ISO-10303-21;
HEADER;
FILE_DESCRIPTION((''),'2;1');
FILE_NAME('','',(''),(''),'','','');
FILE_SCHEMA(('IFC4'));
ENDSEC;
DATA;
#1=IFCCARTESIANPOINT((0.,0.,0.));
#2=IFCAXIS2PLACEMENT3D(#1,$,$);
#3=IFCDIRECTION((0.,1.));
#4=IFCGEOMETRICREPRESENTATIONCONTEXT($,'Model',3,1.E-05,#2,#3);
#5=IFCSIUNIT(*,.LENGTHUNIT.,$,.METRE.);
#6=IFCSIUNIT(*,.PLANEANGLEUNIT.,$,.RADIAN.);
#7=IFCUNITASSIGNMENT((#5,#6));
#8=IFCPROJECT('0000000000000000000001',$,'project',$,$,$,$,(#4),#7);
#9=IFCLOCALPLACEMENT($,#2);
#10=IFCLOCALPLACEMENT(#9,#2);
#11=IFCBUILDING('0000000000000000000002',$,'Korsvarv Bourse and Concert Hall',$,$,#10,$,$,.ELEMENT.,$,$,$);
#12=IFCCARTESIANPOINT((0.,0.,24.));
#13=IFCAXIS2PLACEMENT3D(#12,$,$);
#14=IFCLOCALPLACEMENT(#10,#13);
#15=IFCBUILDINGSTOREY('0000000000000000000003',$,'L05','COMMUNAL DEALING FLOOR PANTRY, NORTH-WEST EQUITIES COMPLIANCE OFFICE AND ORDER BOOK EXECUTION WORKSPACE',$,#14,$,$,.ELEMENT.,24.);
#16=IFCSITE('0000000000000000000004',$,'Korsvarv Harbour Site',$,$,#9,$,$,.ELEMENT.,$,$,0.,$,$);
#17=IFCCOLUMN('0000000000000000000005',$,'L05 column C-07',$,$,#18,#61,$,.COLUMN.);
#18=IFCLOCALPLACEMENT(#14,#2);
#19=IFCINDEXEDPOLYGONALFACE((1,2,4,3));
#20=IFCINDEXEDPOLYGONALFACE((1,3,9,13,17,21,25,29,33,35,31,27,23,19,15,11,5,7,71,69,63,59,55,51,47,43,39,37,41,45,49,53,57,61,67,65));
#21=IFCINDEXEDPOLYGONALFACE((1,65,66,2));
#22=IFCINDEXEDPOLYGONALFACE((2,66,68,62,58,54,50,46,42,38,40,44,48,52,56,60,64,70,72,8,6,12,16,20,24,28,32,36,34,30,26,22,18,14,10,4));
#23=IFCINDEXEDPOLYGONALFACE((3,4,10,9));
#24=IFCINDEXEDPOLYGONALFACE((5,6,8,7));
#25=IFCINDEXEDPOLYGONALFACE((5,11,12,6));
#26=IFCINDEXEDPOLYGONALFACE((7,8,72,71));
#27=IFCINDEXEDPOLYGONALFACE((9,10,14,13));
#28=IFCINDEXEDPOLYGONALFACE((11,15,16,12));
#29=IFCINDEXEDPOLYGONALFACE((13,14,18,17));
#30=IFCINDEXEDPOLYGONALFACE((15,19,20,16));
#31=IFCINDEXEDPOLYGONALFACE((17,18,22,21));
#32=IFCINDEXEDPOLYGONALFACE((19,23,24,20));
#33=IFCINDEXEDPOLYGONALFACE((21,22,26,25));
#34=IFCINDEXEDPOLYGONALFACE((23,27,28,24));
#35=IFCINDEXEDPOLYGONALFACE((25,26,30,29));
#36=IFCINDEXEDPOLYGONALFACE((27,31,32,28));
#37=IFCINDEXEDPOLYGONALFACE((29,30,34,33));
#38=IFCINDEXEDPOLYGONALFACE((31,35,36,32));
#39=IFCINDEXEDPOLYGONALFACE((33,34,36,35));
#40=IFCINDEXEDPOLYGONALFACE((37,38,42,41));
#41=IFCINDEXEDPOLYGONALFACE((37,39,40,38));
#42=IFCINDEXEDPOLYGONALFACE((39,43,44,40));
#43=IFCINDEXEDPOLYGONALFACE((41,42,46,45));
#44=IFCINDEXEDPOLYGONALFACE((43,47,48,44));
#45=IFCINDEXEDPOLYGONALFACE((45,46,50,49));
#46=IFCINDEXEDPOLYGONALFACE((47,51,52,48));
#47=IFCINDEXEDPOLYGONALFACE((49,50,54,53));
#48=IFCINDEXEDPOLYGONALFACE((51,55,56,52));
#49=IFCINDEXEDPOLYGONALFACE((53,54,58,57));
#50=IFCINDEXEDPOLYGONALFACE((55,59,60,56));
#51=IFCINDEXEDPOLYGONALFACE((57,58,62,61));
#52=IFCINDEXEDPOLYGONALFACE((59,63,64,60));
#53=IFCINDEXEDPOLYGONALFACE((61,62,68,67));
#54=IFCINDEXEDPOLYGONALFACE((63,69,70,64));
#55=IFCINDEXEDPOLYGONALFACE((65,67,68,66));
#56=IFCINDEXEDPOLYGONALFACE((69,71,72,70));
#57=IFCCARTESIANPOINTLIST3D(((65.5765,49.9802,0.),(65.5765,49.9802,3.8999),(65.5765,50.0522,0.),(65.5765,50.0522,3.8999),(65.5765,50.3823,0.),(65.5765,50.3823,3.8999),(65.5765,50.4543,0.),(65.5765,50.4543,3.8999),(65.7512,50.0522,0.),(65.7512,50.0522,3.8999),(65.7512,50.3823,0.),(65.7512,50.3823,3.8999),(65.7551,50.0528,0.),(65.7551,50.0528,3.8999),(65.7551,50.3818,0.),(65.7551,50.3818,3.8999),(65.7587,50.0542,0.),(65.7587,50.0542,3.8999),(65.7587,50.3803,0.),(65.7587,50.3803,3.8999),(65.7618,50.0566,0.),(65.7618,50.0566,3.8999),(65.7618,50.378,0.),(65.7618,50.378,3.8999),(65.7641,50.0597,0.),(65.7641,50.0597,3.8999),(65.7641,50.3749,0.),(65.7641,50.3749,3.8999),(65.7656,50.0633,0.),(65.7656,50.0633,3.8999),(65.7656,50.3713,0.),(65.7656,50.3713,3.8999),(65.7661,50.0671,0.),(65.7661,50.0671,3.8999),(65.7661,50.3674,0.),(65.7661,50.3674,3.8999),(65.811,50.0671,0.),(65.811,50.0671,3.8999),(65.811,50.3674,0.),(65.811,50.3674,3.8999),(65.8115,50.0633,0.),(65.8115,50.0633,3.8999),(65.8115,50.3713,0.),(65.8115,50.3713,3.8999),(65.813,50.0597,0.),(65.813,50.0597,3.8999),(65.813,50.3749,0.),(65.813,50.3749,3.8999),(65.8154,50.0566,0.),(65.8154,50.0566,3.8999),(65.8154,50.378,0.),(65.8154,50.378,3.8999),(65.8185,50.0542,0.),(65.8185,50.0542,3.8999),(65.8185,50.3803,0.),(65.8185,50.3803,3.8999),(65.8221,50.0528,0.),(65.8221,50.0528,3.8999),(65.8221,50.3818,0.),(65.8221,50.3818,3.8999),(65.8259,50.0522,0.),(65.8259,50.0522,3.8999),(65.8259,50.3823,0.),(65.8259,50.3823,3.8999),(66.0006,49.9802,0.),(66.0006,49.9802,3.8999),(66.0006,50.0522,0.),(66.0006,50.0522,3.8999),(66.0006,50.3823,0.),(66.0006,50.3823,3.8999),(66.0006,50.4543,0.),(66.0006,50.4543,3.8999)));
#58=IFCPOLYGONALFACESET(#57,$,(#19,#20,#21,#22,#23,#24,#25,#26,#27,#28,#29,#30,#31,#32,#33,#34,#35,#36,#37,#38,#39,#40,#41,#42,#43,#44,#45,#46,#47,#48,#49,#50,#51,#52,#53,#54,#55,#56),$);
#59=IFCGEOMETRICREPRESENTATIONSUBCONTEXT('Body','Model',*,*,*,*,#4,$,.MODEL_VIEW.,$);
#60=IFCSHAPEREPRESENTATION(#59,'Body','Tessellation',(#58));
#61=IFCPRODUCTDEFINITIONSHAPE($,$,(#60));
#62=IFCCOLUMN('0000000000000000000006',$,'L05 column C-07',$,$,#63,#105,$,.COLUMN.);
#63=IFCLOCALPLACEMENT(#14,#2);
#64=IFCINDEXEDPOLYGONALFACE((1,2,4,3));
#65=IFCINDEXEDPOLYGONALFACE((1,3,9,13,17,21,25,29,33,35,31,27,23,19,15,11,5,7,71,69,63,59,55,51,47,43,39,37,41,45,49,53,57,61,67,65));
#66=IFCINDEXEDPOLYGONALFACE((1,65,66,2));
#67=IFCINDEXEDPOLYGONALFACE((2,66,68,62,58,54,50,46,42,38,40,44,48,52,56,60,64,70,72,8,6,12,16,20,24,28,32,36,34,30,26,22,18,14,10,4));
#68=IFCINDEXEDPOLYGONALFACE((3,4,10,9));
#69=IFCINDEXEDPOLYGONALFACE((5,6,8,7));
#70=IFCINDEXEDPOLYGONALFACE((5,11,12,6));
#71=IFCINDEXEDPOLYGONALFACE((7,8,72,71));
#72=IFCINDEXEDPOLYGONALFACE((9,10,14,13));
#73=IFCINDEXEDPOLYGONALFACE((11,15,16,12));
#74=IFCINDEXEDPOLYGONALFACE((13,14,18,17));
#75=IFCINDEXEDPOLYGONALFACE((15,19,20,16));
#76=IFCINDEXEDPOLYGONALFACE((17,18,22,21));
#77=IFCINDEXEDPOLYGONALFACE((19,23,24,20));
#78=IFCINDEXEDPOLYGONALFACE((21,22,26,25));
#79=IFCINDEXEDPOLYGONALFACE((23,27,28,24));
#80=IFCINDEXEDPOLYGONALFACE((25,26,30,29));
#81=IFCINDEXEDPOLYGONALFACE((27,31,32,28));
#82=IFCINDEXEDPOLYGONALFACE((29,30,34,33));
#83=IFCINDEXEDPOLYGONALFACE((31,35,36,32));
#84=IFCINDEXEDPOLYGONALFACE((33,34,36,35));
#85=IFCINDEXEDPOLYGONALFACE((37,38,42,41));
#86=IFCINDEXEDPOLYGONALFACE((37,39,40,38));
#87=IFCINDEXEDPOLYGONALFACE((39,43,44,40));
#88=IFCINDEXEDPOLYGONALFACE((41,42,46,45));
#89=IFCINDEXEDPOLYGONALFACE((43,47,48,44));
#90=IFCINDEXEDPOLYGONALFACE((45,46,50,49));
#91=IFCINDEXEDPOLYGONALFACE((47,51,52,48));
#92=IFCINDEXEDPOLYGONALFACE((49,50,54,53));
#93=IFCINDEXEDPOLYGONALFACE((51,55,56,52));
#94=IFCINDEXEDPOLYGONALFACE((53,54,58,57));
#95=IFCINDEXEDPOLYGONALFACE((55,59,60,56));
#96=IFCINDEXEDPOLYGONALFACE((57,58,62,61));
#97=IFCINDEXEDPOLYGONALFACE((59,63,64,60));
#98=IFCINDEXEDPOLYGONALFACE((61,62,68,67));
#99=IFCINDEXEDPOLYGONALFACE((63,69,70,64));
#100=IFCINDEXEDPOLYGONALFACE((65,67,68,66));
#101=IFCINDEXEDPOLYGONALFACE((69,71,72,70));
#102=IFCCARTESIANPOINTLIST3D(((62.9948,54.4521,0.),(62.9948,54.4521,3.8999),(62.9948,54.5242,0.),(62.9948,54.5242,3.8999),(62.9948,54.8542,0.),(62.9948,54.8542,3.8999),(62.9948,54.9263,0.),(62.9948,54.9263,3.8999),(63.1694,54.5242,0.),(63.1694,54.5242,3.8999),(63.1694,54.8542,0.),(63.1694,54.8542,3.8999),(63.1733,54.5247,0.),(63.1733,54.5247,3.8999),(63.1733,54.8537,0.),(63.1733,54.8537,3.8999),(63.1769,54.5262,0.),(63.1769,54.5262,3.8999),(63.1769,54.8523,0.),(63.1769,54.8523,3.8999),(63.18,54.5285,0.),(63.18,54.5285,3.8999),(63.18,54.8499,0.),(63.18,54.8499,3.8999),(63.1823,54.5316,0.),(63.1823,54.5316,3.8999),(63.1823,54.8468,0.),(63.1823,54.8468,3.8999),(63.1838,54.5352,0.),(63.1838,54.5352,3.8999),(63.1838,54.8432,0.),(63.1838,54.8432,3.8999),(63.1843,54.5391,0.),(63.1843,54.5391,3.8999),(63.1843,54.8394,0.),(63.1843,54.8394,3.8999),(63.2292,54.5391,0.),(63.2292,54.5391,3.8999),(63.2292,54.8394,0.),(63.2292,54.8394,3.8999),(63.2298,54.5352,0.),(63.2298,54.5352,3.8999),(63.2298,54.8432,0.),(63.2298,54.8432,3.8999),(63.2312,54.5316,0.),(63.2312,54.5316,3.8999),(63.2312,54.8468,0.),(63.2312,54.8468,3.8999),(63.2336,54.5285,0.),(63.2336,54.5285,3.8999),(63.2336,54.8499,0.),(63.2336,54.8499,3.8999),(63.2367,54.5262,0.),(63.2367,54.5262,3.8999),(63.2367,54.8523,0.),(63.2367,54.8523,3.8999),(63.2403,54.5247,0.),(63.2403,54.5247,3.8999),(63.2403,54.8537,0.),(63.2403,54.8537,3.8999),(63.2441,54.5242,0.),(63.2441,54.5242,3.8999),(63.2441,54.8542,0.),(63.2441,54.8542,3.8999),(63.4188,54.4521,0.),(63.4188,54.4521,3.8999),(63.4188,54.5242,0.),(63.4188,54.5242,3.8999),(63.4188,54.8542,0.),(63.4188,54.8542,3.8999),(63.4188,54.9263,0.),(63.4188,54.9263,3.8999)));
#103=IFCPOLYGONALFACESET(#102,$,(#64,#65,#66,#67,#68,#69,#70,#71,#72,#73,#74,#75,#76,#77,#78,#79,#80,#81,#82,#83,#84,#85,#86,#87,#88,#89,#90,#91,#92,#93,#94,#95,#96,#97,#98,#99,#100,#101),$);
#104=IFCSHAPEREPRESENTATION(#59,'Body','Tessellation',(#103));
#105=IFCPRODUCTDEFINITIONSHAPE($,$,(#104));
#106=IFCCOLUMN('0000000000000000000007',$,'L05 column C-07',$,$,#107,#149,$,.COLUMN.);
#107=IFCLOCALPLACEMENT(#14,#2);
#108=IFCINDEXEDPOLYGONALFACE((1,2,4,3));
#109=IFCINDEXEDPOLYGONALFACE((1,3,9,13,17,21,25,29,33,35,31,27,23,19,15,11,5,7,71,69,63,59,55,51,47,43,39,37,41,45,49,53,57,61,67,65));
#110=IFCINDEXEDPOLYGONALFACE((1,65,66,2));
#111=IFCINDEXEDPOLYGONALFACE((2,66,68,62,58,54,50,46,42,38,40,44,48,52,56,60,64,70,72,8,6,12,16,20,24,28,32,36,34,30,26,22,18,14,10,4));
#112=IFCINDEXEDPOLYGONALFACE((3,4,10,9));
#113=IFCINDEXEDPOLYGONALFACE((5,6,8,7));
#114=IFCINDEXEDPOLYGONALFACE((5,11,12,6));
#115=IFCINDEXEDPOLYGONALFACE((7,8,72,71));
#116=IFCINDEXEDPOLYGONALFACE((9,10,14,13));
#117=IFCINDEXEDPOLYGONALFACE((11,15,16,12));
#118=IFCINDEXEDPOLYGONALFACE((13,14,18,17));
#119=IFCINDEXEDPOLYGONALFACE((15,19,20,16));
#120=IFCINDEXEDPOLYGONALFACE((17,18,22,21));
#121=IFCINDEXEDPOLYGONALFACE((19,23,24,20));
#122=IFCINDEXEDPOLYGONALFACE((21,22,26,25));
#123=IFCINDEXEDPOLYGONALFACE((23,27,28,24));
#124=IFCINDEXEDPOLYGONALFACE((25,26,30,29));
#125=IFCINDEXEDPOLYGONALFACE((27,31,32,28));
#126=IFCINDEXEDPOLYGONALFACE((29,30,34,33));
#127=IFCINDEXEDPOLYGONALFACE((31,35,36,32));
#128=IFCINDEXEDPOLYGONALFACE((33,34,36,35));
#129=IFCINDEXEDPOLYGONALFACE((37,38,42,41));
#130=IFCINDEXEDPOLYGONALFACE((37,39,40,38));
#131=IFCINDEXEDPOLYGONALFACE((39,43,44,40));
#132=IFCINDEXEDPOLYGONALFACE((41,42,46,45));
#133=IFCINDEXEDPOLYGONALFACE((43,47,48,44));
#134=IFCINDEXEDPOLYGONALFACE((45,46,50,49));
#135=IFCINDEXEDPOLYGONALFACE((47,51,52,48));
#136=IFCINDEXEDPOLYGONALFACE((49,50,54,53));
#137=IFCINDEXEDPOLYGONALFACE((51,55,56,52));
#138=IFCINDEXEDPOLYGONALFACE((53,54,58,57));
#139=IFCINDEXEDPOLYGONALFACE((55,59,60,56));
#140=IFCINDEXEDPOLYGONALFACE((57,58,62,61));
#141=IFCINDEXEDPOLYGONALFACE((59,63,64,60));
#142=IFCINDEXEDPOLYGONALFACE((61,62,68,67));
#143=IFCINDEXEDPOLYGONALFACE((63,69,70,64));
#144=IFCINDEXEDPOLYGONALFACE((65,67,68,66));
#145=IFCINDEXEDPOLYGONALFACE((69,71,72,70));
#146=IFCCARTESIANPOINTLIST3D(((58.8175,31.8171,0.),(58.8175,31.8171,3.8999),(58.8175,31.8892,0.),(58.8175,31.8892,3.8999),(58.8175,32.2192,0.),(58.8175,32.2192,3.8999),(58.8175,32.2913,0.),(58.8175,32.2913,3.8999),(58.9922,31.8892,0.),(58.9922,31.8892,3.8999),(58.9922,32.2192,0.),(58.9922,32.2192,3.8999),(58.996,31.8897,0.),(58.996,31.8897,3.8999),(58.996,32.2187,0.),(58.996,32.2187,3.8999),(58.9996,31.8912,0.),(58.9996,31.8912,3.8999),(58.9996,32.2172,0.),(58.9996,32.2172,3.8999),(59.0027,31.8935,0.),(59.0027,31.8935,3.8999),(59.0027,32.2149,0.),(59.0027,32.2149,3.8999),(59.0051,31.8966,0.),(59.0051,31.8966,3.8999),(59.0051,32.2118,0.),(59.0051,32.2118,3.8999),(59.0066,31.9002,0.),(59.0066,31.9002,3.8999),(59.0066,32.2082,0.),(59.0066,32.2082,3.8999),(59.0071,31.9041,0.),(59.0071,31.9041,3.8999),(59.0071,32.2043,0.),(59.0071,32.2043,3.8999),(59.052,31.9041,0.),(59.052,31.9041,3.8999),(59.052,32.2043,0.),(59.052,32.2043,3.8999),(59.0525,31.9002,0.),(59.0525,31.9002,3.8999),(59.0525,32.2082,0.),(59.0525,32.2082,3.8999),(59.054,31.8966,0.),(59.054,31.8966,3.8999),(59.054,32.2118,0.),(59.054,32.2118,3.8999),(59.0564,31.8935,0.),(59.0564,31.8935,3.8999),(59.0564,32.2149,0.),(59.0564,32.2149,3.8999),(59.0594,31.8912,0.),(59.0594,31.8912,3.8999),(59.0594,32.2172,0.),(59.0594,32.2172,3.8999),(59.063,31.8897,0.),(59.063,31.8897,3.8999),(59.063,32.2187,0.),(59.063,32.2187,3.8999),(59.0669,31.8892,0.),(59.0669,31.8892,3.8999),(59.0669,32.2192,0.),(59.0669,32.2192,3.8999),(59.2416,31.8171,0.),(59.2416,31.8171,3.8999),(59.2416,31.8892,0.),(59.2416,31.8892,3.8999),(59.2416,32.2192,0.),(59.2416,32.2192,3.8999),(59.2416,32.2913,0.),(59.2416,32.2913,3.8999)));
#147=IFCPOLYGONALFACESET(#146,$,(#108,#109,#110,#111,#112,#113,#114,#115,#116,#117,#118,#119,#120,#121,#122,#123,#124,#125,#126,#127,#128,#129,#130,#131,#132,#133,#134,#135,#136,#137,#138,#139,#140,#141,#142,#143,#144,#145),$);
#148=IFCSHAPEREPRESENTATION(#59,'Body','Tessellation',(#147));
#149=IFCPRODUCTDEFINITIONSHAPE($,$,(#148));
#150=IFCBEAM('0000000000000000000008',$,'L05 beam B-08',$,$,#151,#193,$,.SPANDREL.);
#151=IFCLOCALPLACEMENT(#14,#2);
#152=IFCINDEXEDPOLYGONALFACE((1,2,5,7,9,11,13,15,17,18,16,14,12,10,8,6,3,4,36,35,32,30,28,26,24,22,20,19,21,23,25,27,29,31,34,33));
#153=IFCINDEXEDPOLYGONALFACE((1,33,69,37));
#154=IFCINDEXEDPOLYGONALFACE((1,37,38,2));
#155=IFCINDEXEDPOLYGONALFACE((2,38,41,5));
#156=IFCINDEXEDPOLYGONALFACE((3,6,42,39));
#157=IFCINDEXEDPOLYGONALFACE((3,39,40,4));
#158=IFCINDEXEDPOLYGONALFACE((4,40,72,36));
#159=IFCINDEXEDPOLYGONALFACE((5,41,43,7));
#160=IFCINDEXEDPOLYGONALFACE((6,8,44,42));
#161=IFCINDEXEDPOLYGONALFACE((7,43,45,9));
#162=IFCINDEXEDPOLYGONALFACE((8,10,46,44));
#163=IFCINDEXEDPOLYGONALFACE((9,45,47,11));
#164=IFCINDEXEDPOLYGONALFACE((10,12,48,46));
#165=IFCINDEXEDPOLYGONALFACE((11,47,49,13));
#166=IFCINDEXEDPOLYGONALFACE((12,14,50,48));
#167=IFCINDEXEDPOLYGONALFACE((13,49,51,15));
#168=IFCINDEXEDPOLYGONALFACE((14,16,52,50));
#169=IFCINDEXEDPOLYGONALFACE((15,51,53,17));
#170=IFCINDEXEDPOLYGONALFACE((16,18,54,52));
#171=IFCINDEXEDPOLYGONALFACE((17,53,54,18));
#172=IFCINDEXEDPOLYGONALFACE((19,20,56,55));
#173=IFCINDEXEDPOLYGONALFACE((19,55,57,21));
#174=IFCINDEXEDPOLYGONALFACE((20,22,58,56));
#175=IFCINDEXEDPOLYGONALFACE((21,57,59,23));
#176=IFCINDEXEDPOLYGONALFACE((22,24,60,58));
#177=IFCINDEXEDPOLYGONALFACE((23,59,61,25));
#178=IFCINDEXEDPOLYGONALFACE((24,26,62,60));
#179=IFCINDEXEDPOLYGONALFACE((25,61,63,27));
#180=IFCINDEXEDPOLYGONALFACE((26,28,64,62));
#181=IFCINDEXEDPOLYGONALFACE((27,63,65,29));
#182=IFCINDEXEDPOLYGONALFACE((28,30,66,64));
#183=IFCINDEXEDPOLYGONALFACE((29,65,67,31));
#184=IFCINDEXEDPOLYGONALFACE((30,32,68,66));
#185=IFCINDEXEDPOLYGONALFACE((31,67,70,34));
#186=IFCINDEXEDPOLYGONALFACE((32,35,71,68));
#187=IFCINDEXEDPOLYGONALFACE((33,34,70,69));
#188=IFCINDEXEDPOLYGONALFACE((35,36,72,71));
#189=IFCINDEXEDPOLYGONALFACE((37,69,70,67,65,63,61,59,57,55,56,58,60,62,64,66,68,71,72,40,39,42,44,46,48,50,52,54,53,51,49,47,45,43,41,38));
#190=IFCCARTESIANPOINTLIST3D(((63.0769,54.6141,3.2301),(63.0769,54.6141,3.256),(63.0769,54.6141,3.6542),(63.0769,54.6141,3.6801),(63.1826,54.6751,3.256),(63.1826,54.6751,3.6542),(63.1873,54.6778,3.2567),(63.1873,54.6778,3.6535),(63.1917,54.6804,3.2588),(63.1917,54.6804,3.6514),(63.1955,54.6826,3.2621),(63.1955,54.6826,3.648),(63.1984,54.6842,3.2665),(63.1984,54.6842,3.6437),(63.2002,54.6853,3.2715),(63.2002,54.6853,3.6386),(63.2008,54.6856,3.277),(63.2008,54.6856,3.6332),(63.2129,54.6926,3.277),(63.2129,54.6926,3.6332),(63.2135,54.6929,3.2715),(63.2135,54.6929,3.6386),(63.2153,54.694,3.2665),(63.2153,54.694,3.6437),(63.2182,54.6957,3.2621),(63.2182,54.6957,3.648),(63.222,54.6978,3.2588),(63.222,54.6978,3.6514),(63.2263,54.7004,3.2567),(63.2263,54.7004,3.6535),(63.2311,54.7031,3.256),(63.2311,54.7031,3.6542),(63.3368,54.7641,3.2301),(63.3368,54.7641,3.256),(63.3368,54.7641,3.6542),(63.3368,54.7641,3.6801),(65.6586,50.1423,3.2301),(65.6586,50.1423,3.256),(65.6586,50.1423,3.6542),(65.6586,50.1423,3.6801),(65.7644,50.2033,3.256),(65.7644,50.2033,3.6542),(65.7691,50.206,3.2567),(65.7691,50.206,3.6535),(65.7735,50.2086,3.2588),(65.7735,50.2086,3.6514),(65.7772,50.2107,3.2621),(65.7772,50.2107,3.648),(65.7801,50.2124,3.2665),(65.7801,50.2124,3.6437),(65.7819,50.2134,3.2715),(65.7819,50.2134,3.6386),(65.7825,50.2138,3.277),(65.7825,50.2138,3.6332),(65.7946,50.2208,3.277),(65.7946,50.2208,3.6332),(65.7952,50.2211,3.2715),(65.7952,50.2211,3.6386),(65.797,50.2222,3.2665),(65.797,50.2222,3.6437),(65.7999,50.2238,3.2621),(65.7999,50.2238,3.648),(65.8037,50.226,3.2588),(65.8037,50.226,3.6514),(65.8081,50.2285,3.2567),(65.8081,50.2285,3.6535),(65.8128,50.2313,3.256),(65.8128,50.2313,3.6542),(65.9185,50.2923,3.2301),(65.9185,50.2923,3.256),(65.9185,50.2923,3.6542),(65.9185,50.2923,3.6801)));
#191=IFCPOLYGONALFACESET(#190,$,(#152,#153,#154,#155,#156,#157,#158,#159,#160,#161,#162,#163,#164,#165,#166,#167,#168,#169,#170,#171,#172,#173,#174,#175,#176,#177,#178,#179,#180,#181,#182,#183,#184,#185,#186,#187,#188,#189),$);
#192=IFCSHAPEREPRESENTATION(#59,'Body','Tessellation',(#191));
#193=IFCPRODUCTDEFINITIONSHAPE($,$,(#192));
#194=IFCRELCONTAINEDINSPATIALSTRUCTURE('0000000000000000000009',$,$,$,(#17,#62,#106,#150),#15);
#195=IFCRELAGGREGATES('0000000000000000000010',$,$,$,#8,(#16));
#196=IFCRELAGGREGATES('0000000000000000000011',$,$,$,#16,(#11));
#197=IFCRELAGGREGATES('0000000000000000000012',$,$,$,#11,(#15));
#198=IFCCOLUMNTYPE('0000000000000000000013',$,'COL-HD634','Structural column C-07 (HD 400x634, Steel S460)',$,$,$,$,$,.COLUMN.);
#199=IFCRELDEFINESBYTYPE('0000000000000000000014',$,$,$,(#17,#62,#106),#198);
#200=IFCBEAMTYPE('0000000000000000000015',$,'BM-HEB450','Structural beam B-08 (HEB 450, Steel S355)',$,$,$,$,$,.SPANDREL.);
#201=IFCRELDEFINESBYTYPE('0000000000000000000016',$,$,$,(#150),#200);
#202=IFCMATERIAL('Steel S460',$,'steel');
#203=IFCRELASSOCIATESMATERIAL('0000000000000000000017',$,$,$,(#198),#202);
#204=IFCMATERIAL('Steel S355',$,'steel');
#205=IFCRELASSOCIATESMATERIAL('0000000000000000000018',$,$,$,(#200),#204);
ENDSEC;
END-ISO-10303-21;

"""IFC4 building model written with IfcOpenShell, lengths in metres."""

from ifc_helpers import new_model, si_unit, direction, frame, origin, origin_2d, place, context, subcontext, project, spatial, i_section, extrude, source, transform, mapped, material, material_profile, profile_set, type_object, element, save


model = new_model("IFC4")

# Units and contexts
model_context = context("Model", 3, precision=1e-05, world=origin(), true_north=direction((0.0, 1.0)))
body_context = subcontext(model_context, "Body", "Model", "MODEL_VIEW")
ifc_project = project(units=[si_unit("LENGTHUNIT", "METRE"), si_unit("PLANEANGLEUNIT", "RADIAN")], contexts=[model_context])

# Site, building, storey
site_placement = place(None, origin())
site = spatial("IfcSite", under=ifc_project, at=site_placement, Name="Korsvarv Harbour Site", CompositionType="ELEMENT", RefElevation=0.0)
building_placement = place(site_placement, origin())
building = spatial("IfcBuilding", under=site, at=building_placement, Name="Korsvarv Bourse and Concert Hall", CompositionType="ELEMENT")
storey_placement = place(building_placement, frame((0.0, 0.0, 24.0)))
storey = spatial("IfcBuildingStorey", under=building, at=storey_placement, Name="L05", Description="COMMUNAL DEALING FLOOR PANTRY, NORTH-WEST EQUITIES COMPLIANCE OFFICE AND ORDER BOOK EXECUTION WORKSPACE", CompositionType="ELEMENT", Elevation=24.0)

# Columns
ifc_material_1 = material(Name="Steel S460", Category="steel")
ifc_material_profile_1 = material_profile(ifc_material_1, i_section(OverallWidth=0.4241, OverallDepth=0.4741, WebThickness=0.0449, FlangeThickness=0.072, FilletRadius=0.0149, at=origin_2d()), Name="HD 400x634")
ifc_profile_set_1 = profile_set([ifc_material_profile_1], Name="Steel S460")
column_type = type_object("IfcColumnType", Name="COL-HD634", Description="Structural column C-07 (HD 400x634, Steel S460)", PredefinedType="COLUMN", material=ifc_profile_set_1)
shared_shape_1 = source(origin(), body_context, "Body", "SweptSolid", [
    extrude(i_section(OverallWidth=0.4241, OverallDepth=0.4741, WebThickness=0.0449, FlangeThickness=0.072, FilletRadius=0.0149, at=origin_2d()), origin(), (0.0, 0.0, 1.0), 3.8999),
])
for number, where, z_axis, x_axis, name in (
    (1, (65.7886, 50.2173, 0.0), (0.0, 0.0, 1.0), (1.0, 0.0, 0.0), "L05 column C-07"),
    (2, (63.2068, 54.6892, 0.0), (0.0, 0.0, 1.0), (1.0, 0.0, 0.0), "L05 column C-07"),
    (3, (59.0295, 32.0542, 0.0), (0.0, 0.0, 1.0), (1.0, 0.0, 0.0), "L05 column C-07"),
):
    element("IfcColumn", number, at=place(storey_placement, frame(where, z_axis=z_axis, x_axis=x_axis)), inside=storey, type_object=column_type, Name=name, PredefinedType="COLUMN", context=body_context, shape_type="MappedRepresentation", body=[
        mapped(shared_shape_1, transform((0.0, 0.0, 0.0), scale=1.0)),
    ])

# Beam
ifc_material_2 = material(Name="Steel S355", Category="steel")
ifc_material_profile_2 = material_profile(ifc_material_2, i_section(OverallWidth=0.3, OverallDepth=0.45, WebThickness=0.0139, FlangeThickness=0.0259, FilletRadius=0.021, at=origin_2d()), Name="HEB 450")
ifc_profile_set_2 = profile_set([ifc_material_profile_2], Name="Steel S355")
beam_type_1 = type_object("IfcBeamType", Name="BM-HEB450", Description="Structural beam B-08 (HEB 450, Steel S355)", PredefinedType="SPANDREL", material=ifc_profile_set_2)
shared_shape_2 = source(origin(), body_context, "Body", "SweptSolid", [
    extrude(i_section(OverallWidth=0.3, OverallDepth=0.45, WebThickness=0.0139, FlangeThickness=0.0259, FilletRadius=0.021, at=origin_2d()), origin(), (0.0, 0.0, 1.0), 5.1636),
])
beam_1_placement = place(storey_placement, frame((65.7886, 50.2173, 3.4551), z_axis=(-0.499988, 0.866032, 0.0), x_axis=(-0.866032, -0.499988, 0.0)))
element("IfcBeam", 4, at=beam_1_placement, inside=storey, type_object=beam_type_1, Name="L05 beam B-08", PredefinedType="SPANDREL", context=body_context, shape_type="MappedRepresentation", body=[
    mapped(shared_shape_2, transform((0.0, 0.0, 0.0), scale=1.0)),
])

save(model, "model.ifc")
